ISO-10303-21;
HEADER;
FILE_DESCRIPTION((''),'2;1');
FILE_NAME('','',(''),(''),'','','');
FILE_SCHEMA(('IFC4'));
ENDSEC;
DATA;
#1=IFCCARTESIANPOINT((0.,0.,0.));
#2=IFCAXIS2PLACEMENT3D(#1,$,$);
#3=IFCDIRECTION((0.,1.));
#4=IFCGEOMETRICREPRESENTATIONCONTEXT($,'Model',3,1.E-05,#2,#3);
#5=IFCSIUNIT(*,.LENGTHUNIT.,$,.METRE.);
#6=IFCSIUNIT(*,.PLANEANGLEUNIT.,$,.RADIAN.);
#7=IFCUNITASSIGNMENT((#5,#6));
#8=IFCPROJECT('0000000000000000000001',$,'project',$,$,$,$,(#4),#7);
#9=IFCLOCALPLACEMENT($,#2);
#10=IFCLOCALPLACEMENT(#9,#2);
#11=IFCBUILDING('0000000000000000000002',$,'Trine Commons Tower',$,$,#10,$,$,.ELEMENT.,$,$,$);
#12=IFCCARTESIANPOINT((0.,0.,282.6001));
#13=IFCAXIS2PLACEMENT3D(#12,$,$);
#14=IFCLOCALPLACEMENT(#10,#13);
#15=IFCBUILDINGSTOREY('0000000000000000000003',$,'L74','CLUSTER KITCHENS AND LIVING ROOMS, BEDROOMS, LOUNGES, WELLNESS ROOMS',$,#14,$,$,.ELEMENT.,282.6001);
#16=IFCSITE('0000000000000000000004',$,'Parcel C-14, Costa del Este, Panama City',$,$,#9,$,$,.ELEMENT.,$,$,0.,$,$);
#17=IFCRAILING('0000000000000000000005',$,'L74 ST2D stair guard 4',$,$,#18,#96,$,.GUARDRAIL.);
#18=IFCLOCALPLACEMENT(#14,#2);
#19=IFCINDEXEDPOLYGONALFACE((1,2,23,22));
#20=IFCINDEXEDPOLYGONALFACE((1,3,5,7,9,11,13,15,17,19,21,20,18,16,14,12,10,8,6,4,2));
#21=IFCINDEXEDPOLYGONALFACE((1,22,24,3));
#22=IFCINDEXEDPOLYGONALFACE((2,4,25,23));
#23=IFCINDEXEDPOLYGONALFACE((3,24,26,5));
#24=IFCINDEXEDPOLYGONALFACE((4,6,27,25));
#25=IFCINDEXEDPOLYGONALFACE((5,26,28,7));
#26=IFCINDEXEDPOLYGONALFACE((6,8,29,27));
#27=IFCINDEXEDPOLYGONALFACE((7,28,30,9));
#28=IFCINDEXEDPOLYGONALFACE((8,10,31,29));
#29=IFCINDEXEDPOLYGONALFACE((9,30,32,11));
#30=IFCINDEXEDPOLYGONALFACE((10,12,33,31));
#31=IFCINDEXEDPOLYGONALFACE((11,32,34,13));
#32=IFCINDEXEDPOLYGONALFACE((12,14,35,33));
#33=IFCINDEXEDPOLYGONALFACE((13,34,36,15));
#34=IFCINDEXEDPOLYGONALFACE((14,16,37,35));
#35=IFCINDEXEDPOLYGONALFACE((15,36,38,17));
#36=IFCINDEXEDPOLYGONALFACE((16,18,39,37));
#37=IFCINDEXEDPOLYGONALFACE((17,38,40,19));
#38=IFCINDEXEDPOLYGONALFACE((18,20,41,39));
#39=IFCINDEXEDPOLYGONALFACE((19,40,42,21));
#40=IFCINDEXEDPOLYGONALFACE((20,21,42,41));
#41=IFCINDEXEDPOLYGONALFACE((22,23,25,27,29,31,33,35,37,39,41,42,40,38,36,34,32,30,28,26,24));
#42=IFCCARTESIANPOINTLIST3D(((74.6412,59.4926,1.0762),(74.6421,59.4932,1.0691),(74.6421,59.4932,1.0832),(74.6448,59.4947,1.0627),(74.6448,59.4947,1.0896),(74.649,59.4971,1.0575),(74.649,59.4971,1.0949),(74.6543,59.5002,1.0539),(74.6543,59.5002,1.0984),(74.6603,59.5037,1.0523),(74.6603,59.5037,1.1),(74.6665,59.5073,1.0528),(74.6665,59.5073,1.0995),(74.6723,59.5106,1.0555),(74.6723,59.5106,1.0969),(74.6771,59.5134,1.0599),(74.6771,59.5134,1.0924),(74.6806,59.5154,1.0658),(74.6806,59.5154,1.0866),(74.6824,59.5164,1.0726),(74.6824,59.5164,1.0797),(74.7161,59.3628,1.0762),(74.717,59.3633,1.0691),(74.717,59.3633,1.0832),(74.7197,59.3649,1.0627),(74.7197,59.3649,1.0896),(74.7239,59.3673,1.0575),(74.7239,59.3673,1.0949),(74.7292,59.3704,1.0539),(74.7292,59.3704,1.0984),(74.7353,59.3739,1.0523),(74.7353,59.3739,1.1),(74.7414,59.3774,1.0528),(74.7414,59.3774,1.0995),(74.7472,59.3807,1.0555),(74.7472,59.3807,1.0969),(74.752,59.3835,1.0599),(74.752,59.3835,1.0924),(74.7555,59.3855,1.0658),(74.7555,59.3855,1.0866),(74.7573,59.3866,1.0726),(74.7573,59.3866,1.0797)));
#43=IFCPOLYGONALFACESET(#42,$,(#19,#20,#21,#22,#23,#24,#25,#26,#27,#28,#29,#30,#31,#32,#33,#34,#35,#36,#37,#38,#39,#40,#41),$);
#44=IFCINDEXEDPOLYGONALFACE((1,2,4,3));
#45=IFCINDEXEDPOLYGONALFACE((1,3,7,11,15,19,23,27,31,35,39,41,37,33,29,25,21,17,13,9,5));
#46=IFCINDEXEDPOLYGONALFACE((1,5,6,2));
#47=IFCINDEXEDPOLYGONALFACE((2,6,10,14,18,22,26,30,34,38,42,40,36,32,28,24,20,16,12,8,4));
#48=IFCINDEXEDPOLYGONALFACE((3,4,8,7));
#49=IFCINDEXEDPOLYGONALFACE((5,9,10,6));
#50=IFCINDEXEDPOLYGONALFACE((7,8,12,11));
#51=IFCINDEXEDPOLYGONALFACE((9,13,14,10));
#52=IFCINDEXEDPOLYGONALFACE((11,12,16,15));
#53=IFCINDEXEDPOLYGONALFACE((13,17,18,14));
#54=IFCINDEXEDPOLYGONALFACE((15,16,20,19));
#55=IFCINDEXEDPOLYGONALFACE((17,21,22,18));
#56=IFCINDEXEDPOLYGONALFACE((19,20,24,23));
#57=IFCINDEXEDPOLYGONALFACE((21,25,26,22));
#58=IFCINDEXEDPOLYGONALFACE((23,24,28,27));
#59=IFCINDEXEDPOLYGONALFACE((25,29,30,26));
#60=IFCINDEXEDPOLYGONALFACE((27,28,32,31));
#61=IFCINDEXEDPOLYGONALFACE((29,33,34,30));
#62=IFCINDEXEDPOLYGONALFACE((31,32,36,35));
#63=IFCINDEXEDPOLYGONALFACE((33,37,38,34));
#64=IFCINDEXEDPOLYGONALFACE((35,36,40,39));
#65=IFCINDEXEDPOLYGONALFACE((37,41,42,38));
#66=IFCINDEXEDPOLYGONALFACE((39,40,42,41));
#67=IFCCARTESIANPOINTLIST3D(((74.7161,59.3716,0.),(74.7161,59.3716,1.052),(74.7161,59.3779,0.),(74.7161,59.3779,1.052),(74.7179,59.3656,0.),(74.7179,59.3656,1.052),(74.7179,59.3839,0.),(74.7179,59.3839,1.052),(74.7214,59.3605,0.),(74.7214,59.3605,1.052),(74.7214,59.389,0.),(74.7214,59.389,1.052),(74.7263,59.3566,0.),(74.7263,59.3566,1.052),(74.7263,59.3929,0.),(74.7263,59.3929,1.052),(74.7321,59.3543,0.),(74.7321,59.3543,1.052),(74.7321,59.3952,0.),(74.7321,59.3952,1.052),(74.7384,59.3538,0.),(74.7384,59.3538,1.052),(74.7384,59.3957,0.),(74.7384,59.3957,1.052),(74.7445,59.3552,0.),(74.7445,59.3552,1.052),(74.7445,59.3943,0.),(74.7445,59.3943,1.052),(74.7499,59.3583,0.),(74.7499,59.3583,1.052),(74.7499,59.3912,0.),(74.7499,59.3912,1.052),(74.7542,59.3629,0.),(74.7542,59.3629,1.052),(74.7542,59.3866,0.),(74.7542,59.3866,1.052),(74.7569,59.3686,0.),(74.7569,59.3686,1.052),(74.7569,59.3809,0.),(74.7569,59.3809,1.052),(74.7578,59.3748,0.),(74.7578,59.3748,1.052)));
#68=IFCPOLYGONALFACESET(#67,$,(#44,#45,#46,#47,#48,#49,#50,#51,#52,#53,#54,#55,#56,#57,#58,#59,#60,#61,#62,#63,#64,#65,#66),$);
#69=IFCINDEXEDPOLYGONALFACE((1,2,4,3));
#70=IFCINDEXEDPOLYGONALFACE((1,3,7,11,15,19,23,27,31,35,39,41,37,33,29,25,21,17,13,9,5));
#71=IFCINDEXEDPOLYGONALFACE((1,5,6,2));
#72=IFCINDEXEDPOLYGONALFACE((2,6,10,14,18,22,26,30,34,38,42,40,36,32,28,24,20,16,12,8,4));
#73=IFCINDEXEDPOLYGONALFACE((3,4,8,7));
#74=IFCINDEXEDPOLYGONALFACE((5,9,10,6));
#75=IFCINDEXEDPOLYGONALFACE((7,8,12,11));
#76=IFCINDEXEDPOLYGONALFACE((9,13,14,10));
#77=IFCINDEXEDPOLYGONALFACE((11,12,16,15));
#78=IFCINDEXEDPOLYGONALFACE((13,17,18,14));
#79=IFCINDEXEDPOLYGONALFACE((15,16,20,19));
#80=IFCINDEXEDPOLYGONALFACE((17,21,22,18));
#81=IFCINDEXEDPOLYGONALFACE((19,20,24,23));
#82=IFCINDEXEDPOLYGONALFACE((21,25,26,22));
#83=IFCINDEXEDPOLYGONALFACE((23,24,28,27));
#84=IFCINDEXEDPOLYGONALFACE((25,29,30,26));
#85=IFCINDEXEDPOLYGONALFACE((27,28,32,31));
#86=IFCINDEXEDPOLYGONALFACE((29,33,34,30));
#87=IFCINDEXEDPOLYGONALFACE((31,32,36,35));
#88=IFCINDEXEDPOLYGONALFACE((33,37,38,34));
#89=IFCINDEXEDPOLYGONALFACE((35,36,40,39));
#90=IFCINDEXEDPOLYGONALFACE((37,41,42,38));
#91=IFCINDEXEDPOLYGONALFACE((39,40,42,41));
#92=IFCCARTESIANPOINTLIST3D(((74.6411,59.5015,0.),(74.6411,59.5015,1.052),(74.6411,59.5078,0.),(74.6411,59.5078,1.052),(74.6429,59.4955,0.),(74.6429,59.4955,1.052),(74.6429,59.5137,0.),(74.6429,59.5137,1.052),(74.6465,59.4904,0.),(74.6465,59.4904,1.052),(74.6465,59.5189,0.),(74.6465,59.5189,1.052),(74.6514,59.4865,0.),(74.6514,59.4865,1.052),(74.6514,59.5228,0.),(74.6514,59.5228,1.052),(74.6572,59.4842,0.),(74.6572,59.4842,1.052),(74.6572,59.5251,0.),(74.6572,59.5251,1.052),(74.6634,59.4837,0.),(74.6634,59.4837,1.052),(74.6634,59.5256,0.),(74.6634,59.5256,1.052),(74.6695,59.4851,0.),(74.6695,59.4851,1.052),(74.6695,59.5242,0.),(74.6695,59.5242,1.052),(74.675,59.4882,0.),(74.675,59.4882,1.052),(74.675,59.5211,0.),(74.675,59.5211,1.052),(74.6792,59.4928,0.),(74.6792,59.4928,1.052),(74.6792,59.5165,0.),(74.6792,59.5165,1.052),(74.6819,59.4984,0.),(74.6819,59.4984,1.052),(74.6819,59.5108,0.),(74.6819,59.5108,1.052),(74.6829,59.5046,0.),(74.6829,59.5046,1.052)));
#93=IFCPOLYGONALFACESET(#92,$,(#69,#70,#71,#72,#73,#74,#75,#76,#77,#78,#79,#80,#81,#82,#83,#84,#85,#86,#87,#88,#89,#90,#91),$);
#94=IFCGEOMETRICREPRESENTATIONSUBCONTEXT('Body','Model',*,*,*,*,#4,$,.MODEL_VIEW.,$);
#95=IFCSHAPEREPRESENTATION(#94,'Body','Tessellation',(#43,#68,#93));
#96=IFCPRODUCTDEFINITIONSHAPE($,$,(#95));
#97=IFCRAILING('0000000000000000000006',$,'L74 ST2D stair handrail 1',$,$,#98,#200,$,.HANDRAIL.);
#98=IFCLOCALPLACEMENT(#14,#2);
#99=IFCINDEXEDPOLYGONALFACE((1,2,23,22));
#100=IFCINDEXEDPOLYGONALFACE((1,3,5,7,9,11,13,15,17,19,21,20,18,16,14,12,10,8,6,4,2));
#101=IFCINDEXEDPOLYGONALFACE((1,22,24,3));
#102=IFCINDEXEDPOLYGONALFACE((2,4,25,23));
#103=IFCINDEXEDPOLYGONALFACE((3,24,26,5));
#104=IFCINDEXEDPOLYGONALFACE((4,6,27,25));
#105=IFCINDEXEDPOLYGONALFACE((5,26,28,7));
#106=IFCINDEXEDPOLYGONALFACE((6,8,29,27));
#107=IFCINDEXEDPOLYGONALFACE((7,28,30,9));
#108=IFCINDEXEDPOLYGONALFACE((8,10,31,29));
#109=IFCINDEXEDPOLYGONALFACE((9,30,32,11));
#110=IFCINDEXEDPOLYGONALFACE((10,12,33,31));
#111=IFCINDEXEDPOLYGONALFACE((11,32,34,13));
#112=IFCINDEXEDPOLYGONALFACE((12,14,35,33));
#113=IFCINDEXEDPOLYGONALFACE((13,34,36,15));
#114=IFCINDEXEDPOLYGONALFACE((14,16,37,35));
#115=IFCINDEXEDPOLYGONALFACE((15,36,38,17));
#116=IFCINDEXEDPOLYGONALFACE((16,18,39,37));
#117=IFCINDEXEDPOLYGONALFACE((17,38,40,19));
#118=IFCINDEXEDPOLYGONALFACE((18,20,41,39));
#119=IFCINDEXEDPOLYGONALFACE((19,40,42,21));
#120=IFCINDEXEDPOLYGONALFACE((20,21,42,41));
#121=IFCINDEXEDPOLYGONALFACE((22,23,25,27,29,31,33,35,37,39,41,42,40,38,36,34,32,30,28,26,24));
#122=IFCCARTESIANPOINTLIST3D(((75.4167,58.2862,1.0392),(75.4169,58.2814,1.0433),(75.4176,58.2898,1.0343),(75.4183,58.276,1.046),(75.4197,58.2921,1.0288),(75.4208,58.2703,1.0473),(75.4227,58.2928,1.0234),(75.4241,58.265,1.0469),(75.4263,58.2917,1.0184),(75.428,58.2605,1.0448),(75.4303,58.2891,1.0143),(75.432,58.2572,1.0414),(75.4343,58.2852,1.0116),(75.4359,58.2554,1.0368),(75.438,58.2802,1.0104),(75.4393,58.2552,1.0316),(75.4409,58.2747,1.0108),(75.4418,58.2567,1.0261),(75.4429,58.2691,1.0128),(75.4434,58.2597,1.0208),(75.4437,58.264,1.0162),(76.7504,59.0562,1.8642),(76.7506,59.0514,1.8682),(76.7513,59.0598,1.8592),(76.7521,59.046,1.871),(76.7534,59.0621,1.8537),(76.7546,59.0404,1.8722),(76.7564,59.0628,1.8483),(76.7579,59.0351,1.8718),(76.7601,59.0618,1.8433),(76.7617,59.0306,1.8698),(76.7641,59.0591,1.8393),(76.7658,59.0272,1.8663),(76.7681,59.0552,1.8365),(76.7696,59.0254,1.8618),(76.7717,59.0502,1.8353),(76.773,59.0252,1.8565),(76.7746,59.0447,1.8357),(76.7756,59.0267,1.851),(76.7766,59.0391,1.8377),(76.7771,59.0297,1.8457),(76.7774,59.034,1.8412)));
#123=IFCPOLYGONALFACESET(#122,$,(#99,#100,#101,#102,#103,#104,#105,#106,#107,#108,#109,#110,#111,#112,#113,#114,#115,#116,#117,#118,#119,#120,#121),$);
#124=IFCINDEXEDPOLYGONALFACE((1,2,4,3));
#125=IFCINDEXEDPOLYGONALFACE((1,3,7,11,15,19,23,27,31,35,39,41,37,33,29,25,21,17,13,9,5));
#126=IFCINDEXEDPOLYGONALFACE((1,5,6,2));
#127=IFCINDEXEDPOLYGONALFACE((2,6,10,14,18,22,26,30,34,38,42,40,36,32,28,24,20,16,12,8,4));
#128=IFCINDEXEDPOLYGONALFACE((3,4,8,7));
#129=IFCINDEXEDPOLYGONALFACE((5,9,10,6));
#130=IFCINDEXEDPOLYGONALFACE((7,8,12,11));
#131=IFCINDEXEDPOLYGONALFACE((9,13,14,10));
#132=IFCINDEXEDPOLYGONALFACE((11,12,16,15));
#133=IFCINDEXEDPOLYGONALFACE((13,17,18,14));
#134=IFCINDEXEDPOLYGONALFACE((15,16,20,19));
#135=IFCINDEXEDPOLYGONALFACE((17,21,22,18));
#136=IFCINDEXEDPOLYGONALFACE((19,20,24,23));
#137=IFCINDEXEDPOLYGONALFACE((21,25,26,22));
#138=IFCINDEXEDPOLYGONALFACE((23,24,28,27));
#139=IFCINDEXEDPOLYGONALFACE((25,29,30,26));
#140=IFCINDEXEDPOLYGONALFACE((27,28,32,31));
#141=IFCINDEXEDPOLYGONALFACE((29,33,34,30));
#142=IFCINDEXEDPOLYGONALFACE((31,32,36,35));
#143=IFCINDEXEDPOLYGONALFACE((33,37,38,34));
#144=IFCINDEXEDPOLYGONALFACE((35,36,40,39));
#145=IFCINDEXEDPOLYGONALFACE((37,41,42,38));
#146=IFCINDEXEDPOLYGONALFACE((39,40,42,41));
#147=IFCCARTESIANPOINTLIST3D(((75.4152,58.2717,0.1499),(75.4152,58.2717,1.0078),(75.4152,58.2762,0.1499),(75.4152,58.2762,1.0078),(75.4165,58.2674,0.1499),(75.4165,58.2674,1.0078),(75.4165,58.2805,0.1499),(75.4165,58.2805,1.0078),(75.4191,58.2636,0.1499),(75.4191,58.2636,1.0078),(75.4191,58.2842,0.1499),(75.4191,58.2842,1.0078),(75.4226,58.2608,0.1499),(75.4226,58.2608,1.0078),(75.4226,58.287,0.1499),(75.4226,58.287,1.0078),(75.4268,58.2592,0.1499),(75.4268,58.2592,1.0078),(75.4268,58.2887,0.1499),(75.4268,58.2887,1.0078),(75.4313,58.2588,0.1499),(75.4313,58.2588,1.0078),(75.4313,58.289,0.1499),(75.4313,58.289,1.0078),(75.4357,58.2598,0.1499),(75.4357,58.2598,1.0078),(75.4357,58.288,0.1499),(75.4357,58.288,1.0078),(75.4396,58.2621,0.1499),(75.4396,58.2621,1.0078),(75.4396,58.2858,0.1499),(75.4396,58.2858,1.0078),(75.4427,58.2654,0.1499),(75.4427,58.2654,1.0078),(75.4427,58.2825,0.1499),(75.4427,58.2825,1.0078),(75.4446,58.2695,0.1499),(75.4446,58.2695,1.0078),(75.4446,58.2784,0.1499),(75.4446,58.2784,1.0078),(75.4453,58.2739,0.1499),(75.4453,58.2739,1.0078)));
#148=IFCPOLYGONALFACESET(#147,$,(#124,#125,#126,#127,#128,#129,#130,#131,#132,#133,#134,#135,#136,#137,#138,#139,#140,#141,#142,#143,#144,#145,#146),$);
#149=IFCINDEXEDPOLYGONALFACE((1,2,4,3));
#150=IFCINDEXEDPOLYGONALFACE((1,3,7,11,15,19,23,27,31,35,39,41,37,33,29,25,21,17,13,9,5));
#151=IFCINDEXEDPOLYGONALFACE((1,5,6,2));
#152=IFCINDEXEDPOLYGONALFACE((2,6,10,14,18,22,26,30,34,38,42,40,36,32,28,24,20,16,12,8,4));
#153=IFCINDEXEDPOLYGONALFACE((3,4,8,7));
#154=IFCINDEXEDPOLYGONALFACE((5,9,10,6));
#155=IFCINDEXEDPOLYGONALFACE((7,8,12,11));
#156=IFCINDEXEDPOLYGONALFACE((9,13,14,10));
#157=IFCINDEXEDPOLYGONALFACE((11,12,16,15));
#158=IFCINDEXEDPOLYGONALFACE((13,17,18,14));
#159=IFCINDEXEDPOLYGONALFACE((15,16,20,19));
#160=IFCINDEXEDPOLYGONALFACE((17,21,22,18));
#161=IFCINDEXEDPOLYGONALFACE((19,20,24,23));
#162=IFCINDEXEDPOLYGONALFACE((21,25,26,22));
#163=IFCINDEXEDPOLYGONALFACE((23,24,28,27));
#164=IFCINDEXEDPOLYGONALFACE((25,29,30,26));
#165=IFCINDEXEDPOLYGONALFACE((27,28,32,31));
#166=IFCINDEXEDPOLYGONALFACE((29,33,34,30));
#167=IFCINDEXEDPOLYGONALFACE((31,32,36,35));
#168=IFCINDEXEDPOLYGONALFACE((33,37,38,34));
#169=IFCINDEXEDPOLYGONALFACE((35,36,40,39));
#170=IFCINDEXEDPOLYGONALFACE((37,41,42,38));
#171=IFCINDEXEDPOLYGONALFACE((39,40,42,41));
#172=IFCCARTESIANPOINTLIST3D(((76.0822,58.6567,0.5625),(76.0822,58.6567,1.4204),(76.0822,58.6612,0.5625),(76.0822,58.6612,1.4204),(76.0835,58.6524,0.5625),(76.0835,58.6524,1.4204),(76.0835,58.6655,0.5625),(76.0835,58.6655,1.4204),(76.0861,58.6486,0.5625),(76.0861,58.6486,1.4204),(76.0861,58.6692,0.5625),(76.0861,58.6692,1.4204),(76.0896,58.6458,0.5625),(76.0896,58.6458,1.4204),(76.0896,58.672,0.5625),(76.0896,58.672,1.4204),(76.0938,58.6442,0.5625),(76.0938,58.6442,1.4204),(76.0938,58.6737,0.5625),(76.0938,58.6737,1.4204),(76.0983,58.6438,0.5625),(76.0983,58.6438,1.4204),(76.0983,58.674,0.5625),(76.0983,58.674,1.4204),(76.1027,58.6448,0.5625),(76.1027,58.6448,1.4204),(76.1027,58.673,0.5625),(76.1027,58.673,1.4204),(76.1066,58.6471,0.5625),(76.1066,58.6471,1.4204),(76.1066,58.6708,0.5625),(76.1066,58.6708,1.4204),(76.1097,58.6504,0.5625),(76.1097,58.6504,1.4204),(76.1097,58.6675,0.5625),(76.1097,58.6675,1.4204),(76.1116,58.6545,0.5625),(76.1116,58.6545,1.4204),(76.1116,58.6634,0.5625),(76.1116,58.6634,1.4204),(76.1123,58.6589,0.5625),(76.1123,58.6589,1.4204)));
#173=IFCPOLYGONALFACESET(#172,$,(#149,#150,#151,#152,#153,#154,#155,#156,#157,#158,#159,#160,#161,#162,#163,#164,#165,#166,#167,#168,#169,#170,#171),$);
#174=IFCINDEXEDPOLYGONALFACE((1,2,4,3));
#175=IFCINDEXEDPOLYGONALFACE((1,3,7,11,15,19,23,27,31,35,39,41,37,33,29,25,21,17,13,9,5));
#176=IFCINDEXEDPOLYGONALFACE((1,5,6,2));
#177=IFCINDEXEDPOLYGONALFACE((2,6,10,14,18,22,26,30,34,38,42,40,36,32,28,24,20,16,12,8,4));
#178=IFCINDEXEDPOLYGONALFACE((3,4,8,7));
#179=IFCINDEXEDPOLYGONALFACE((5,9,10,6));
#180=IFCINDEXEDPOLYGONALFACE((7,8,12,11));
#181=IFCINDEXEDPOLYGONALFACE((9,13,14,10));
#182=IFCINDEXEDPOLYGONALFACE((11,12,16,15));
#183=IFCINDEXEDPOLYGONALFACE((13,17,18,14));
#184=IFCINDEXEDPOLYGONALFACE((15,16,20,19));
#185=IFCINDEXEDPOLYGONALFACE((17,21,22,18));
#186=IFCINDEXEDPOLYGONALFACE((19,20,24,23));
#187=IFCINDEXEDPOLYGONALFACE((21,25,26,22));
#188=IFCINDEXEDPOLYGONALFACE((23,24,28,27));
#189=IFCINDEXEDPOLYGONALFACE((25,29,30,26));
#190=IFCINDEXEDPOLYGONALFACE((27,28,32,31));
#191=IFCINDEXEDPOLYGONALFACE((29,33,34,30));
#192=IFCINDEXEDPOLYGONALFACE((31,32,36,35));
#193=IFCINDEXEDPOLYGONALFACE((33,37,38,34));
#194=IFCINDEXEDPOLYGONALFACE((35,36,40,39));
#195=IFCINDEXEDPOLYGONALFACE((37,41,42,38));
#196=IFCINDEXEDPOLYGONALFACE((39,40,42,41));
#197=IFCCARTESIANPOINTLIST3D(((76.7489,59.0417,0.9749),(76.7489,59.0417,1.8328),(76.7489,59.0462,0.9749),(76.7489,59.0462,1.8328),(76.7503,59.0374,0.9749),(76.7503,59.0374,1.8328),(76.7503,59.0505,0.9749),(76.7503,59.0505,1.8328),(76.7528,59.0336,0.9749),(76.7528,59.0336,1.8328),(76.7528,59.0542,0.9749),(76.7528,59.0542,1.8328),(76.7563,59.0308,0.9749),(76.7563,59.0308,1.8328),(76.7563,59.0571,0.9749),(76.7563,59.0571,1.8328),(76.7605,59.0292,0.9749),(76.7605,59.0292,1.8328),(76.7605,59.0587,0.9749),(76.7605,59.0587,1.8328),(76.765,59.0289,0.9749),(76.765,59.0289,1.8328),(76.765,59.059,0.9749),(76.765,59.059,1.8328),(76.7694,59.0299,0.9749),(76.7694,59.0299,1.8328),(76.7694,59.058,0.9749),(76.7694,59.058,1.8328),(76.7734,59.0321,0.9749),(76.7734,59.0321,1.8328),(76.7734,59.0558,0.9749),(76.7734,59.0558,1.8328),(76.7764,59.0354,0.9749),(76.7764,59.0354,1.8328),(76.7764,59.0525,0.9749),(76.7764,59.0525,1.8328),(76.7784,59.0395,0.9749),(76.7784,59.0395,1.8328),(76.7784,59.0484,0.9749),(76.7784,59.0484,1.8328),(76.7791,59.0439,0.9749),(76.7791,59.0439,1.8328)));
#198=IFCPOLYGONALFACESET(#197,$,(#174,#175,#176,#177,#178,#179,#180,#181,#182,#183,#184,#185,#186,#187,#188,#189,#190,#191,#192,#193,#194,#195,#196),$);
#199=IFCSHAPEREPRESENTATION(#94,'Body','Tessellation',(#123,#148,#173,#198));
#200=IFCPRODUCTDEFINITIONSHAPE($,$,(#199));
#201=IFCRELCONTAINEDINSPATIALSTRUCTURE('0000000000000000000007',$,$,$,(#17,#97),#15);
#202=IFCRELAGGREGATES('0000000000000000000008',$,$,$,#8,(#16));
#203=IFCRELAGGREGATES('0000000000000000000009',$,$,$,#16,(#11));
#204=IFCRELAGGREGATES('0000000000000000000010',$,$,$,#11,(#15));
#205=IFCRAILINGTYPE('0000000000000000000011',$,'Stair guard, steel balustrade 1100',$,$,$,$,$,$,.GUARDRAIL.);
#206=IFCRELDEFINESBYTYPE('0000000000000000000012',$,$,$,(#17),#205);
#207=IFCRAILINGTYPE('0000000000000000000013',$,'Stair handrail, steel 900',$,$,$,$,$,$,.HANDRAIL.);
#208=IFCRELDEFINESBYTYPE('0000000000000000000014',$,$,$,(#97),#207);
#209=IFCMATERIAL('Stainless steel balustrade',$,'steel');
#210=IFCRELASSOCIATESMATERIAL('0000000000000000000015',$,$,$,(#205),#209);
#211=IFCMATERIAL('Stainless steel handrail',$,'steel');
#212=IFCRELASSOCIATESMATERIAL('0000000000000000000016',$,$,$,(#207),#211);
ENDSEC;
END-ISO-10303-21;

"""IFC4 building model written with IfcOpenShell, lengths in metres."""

from ifc_helpers import new_model, si_unit, direction, frame, origin, origin_2d, place, context, subcontext, project, spatial, circle, extrude, material, type_object, element, save


model = new_model("IFC4")

# Units and contexts
model_context = context("Model", 3, precision=1e-05, world=origin(), true_north=direction((0.0, 1.0)))
body_context = subcontext(model_context, "Body", "Model", "MODEL_VIEW")
ifc_project = project(units=[si_unit("LENGTHUNIT", "METRE"), si_unit("PLANEANGLEUNIT", "RADIAN")], contexts=[model_context])

# Site, building, storey
site_placement = place(None, origin())
site = spatial("IfcSite", under=ifc_project, at=site_placement, Name="Parcel C-14, Costa del Este, Panama City", CompositionType="ELEMENT", RefElevation=0.0)
building_placement = place(site_placement, origin())
building = spatial("IfcBuilding", under=site, at=building_placement, Name="Trine Commons Tower", CompositionType="ELEMENT")
storey_placement = place(building_placement, frame((0.0, 0.0, 282.6001)))
storey = spatial("IfcBuildingStorey", under=building, at=storey_placement, Name="L74", Description="CLUSTER KITCHENS AND LIVING ROOMS, BEDROOMS, LOUNGES, WELLNESS ROOMS", CompositionType="ELEMENT", Elevation=282.6001)

# Railings
ifc_material_1 = material(Name="Stainless steel balustrade", Category="steel")
railing_type_1 = type_object("IfcRailingType", Name="Stair guard, steel balustrade 1100", PredefinedType="GUARDRAIL", material=ifc_material_1)
railing_1_placement = place(storey_placement, frame((74.7368, 59.3748, 0.0)))
element("IfcRailing", 1, at=railing_1_placement, inside=storey, type_object=railing_type_1, Name="L74 ST2D stair guard 4", PredefinedType="GUARDRAIL", context=body_context, shape_type="SweptSolid", body=[
    extrude(circle(Radius=0.0239, at=origin_2d()), frame((0.0, 0.0, 1.0762), z_axis=(-0.499816, 0.866131, 0.0), x_axis=(-0.866131, -0.499816, 0.0)), (0.0, 0.0, 1.0), 0.1499),
    extrude(circle(Radius=0.021, at=origin_2d()), origin(), (0.0, 0.0, 1.0), 1.052),
    extrude(circle(Radius=0.021, at=origin_2d()), frame((-0.075, 0.1299, 0.0)), (0.0, 0.0, 1.0), 1.052),
])
ifc_material_2 = material(Name="Stainless steel handrail", Category="steel")
railing_type_2 = type_object("IfcRailingType", Name="Stair handrail, steel 900", PredefinedType="HANDRAIL", material=ifc_material_2)
for number, where, name in (
    (2, (75.4302, 58.2739, 0.1499), "L74 ST2D stair handrail 1"),
):
    element("IfcRailing", number, at=place(storey_placement, frame(where)), inside=storey, type_object=railing_type_2, Name=name, PredefinedType="HANDRAIL", context=body_context, shape_type="SweptSolid", body=[
        extrude(circle(Radius=0.021, at=origin_2d()), frame((0.0, 0.0, 0.8789), z_axis=(0.763405, 0.440743, 0.472185), x_axis=(-0.499992, 0.86603, 0.0)), (0.0, 0.0, 1.0), 1.7471),
        extrude(circle(Radius=0.0151, at=origin_2d()), origin(), (0.0, 0.0, 1.0), 0.8579),
        extrude(circle(Radius=0.0151, at=origin_2d()), frame((0.667, 0.385, 0.4126)), (0.0, 0.0, 1.0), 0.8579),
        extrude(circle(Radius=0.0151, at=origin_2d()), frame((1.3337, 0.77, 0.825)), (0.0, 0.0, 1.0), 0.8579),
    ])

save(model, "model.ifc")
